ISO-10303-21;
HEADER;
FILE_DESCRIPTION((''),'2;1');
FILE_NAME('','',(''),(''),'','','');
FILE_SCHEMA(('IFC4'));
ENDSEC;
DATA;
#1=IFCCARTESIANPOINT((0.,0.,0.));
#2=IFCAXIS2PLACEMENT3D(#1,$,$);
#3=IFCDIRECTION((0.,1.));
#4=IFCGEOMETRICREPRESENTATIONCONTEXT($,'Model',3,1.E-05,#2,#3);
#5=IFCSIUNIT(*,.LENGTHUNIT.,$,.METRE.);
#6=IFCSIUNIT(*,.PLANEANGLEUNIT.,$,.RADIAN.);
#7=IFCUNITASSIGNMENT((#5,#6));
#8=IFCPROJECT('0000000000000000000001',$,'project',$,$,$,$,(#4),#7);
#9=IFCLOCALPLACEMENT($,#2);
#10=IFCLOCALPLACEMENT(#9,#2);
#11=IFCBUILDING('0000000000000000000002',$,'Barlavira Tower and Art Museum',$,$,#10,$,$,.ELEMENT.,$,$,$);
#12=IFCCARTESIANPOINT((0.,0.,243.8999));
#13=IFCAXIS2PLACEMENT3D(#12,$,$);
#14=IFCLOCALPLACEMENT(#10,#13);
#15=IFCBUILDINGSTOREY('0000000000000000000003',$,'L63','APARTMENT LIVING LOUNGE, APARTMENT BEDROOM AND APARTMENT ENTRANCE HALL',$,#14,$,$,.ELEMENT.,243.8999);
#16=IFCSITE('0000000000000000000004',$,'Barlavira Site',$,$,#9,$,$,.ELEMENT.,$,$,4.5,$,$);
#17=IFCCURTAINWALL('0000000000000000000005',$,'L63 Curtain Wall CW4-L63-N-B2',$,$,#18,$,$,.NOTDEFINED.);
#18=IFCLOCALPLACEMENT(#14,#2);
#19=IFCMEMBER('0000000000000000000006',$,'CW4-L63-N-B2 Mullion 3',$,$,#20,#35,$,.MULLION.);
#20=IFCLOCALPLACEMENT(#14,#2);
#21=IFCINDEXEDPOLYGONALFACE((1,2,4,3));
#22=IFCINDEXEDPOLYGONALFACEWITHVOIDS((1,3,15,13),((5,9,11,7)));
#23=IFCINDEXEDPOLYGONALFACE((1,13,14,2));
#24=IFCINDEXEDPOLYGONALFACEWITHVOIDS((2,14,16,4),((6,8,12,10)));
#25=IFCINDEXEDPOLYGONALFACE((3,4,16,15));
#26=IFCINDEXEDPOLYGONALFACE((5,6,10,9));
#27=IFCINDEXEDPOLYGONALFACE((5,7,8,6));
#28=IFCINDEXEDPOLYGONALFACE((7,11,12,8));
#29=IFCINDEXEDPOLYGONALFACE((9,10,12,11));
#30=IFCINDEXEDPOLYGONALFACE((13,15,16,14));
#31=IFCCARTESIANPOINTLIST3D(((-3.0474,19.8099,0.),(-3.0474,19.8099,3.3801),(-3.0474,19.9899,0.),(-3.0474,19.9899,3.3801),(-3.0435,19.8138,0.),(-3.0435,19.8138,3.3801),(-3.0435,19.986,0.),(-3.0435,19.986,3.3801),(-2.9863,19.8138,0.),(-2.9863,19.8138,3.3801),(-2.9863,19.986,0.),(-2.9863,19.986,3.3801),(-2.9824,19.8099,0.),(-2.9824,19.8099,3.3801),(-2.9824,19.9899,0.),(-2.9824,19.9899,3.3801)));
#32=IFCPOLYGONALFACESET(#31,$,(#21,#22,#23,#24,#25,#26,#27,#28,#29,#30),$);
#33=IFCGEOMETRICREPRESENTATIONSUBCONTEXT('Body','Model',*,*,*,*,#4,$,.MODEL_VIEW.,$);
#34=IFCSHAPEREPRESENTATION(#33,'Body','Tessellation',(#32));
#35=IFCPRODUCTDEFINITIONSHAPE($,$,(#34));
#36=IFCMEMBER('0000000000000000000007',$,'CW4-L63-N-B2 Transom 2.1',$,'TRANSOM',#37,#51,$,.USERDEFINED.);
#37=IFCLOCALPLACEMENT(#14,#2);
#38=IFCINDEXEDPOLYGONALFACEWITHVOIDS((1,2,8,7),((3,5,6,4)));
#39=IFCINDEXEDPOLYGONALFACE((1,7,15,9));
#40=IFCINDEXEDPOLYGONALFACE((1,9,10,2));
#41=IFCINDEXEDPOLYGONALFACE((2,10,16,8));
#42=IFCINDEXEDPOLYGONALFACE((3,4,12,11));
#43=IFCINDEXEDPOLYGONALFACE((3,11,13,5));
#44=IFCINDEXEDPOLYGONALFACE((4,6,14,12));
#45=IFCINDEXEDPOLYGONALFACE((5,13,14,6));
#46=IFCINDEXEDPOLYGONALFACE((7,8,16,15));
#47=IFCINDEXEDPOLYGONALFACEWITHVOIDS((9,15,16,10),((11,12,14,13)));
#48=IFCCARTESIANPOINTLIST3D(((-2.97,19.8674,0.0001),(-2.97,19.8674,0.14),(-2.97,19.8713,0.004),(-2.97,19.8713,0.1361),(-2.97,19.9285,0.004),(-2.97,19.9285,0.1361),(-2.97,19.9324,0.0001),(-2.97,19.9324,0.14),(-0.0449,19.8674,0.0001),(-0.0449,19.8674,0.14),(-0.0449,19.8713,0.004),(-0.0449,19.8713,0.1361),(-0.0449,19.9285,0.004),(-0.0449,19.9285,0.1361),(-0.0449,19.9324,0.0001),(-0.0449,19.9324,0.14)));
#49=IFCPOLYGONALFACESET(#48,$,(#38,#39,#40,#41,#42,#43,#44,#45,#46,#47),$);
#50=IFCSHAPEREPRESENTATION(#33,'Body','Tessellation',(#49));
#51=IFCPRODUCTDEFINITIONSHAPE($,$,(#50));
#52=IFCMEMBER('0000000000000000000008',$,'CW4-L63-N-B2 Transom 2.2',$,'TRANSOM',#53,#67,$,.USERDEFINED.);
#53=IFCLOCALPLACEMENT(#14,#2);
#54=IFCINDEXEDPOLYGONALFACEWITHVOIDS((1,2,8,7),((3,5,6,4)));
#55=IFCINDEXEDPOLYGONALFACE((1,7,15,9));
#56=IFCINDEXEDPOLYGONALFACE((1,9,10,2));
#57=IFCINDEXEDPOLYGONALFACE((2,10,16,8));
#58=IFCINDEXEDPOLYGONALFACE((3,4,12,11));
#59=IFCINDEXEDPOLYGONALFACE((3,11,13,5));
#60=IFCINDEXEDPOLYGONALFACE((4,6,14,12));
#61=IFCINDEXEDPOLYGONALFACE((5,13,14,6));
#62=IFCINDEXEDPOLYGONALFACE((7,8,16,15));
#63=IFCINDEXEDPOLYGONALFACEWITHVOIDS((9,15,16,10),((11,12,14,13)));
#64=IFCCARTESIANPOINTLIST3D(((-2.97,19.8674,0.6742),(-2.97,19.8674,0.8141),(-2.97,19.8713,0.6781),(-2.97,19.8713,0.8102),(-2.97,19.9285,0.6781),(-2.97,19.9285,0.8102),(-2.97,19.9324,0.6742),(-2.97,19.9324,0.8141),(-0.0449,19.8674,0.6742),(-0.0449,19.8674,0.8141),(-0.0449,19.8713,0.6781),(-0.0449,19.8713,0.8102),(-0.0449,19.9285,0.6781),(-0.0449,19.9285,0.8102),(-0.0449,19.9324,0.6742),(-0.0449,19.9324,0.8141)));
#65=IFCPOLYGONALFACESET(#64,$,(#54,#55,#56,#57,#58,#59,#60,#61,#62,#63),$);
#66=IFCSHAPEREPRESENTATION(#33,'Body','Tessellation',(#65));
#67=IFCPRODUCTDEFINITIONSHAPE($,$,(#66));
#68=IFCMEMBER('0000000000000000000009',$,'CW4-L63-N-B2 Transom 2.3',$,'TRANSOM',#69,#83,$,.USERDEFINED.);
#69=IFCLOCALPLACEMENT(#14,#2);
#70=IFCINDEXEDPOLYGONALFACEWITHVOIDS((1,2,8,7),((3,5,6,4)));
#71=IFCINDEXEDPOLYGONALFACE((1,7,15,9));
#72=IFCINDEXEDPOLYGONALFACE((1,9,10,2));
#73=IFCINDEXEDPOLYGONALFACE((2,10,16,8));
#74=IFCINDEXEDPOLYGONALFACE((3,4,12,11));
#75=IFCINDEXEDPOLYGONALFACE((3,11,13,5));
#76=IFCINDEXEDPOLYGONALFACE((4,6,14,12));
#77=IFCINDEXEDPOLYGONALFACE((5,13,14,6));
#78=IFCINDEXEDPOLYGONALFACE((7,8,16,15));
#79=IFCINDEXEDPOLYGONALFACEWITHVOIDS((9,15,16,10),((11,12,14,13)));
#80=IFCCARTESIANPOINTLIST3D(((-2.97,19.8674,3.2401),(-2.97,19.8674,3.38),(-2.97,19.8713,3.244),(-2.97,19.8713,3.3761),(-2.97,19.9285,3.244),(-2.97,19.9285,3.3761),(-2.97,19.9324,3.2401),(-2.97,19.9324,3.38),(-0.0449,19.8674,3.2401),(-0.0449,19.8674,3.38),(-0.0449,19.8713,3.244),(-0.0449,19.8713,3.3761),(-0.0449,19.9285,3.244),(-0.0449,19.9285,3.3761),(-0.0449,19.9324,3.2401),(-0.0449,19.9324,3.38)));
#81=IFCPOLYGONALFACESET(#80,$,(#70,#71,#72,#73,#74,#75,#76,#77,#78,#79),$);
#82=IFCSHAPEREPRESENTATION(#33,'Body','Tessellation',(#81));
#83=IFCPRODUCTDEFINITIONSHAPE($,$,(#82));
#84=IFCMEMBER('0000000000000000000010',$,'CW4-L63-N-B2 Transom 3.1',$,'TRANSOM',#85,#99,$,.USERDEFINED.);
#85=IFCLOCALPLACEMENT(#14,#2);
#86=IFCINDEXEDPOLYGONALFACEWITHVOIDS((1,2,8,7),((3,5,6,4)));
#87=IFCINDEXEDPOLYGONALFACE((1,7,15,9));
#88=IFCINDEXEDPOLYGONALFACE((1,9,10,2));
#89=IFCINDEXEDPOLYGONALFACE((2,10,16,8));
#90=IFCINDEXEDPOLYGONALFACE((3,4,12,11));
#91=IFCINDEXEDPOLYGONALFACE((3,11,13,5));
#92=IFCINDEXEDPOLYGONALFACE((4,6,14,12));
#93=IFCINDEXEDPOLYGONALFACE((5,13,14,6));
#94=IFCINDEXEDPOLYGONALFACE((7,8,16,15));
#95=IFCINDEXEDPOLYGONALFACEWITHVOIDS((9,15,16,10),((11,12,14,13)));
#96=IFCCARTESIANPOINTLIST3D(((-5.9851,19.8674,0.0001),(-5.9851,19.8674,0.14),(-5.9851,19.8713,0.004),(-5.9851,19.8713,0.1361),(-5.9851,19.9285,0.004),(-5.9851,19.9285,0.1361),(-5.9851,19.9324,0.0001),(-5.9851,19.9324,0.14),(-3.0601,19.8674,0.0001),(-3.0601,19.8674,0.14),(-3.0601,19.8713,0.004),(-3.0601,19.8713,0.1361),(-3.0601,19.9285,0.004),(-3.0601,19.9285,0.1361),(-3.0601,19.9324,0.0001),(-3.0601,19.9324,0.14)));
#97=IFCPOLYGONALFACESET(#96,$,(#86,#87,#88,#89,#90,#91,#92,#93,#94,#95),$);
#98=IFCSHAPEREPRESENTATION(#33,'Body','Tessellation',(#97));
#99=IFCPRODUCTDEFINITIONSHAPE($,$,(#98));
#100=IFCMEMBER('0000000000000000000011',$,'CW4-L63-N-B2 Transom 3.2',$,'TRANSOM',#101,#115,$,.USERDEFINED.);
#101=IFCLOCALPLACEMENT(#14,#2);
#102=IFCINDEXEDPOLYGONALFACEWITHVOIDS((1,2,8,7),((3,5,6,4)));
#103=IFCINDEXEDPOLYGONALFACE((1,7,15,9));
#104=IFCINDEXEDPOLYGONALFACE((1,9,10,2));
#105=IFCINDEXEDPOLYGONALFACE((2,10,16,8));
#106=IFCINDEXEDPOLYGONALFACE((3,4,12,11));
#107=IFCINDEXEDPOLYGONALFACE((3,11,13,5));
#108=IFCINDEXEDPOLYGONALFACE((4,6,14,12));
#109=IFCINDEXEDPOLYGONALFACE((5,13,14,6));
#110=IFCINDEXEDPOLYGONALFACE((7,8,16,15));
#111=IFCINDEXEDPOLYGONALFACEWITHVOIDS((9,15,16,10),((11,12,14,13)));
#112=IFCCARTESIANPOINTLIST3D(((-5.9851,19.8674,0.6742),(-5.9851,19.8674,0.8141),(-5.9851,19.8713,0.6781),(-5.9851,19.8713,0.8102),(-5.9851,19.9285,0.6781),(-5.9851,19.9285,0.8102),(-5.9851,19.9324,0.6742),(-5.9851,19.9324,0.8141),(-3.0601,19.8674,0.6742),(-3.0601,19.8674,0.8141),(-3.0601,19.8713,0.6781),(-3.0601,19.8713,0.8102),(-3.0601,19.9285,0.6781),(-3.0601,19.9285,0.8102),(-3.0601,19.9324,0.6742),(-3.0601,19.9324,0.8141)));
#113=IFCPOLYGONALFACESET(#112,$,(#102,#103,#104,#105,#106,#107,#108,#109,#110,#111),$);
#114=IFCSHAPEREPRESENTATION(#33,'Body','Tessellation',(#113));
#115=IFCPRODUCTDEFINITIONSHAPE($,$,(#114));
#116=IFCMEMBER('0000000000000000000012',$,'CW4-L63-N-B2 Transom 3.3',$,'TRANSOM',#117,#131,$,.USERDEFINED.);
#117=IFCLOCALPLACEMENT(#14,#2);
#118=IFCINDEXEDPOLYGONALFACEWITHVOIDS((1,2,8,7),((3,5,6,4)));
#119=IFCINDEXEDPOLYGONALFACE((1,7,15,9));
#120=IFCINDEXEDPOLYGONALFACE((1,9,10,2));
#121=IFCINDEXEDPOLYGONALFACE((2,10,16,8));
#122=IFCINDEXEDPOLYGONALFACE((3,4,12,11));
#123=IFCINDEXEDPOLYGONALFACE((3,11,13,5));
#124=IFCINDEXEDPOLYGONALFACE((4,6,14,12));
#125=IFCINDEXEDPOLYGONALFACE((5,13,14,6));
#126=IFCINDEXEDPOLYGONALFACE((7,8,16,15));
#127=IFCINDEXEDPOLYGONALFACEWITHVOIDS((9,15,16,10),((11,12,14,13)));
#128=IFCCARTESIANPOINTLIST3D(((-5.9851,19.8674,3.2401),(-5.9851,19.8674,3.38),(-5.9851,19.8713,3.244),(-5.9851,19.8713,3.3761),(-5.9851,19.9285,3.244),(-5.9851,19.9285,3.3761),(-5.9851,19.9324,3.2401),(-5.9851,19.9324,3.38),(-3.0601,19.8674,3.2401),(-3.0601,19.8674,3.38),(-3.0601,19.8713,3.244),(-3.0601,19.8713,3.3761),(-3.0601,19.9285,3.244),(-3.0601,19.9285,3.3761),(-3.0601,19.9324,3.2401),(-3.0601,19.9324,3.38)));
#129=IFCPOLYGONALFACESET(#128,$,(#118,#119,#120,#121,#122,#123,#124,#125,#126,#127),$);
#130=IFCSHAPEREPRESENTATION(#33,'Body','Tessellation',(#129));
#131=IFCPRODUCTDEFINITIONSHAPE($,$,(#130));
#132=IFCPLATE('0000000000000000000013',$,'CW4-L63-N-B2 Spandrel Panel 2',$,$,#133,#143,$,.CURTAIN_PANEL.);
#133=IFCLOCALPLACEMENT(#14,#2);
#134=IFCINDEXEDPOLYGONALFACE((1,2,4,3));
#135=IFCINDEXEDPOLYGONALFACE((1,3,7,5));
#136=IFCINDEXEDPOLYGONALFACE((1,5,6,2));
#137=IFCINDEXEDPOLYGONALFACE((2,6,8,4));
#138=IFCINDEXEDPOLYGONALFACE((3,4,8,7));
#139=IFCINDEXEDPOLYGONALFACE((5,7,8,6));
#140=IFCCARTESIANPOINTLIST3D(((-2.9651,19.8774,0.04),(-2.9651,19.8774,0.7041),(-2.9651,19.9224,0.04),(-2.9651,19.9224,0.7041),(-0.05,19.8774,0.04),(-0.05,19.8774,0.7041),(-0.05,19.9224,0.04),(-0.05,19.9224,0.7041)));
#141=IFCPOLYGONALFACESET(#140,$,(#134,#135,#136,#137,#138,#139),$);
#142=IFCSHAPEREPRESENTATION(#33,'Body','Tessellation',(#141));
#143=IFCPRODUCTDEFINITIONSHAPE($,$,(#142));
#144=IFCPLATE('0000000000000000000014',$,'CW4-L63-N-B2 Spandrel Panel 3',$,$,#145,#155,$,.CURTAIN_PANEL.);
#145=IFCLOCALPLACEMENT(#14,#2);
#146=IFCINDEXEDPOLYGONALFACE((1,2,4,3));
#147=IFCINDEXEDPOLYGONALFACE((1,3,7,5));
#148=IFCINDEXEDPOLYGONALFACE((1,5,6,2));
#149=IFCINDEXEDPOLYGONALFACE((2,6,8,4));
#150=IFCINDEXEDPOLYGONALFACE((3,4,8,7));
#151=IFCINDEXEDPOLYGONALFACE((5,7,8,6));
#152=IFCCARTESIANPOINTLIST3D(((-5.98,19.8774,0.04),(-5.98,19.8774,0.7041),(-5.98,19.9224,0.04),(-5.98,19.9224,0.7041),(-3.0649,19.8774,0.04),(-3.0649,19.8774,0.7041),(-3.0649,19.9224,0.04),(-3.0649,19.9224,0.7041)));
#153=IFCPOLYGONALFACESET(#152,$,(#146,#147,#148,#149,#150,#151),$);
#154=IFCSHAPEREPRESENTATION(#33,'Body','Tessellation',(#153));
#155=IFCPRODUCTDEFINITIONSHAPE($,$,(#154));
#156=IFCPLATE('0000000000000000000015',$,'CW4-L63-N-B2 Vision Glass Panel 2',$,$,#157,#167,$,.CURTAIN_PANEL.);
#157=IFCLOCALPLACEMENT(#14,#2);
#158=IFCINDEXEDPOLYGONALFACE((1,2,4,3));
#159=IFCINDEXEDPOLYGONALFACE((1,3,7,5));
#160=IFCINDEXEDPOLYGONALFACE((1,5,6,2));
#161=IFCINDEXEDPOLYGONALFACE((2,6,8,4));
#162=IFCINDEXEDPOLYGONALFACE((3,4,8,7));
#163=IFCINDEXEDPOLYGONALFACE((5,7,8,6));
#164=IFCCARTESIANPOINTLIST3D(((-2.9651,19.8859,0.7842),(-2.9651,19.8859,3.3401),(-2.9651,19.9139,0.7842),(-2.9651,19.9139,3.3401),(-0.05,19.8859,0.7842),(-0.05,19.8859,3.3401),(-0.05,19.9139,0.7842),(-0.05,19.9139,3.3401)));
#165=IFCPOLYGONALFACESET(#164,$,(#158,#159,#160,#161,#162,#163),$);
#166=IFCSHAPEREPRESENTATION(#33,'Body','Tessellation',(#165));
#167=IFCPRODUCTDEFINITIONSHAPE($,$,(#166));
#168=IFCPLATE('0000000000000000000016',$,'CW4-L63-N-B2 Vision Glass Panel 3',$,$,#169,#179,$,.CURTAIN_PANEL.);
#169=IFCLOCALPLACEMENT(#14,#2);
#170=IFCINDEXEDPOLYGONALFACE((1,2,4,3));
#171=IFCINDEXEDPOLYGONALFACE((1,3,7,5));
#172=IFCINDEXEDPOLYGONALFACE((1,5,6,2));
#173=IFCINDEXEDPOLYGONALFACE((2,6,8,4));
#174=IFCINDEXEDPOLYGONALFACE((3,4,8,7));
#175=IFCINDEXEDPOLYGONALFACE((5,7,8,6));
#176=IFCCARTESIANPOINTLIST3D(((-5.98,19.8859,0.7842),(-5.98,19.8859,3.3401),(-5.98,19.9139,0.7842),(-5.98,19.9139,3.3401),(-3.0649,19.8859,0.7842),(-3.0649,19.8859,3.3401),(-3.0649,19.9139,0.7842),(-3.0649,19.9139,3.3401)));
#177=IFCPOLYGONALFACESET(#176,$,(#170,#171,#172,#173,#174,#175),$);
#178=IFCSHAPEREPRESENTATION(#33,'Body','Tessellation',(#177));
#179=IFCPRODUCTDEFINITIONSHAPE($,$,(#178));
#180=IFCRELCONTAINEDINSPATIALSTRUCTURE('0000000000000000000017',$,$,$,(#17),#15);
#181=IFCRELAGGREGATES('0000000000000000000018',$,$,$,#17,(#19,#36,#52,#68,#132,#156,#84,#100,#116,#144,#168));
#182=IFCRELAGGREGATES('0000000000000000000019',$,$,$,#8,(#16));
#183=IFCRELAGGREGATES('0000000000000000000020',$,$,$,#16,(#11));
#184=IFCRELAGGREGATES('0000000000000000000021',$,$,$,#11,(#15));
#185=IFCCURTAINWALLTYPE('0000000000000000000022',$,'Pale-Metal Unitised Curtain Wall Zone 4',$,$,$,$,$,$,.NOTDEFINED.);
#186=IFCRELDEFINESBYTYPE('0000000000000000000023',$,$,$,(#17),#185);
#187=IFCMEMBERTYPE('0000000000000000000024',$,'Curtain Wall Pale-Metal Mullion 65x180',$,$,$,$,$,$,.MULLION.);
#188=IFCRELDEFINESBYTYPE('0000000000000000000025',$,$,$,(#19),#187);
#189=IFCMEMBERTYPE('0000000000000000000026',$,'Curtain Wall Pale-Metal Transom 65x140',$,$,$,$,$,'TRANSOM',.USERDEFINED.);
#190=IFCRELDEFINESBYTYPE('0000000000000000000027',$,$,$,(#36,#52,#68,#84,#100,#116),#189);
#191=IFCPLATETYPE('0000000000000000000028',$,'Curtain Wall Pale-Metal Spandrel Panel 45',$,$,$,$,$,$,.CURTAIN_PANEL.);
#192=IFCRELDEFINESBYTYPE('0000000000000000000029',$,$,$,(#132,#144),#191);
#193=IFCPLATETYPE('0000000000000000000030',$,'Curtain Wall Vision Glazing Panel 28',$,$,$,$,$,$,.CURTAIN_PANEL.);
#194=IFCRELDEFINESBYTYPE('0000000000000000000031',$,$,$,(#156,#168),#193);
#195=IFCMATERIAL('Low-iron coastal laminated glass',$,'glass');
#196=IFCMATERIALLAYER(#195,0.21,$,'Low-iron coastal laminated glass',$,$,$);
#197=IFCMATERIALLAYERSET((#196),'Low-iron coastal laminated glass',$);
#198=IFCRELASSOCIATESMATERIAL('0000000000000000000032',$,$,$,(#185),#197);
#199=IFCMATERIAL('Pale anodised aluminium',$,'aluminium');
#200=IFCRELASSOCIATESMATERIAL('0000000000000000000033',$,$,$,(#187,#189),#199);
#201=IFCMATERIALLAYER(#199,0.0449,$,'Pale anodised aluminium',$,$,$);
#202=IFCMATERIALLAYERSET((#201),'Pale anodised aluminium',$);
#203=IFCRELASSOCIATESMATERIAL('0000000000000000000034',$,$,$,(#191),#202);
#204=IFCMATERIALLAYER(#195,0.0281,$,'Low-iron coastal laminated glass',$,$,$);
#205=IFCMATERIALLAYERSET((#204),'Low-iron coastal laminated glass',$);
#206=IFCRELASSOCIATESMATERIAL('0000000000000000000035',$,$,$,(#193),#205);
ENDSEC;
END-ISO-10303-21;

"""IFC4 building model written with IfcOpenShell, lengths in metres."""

from ifc_helpers import new_model, si_unit, direction, frame, origin, origin_2d, place, context, subcontext, project, spatial, rectangle, hollow_rectangle, extrude, material, layer, layer_set, material_profile, profile_set, type_object, element, aggregate, save


model = new_model("IFC4")

# Units and contexts
model_context = context("Model", 3, precision=1e-05, world=origin(), true_north=direction((0.0, 1.0)))
body_context = subcontext(model_context, "Body", "Model", "MODEL_VIEW")
ifc_project = project(units=[si_unit("LENGTHUNIT", "METRE"), si_unit("PLANEANGLEUNIT", "RADIAN")], contexts=[model_context])

# Site, building, storey
site_placement = place(None, origin())
site = spatial("IfcSite", under=ifc_project, at=site_placement, Name="Barlavira Site", CompositionType="ELEMENT", RefElevation=4.5)
building_placement = place(site_placement, origin())
building = spatial("IfcBuilding", under=site, at=building_placement, Name="Barlavira Tower and Art Museum", CompositionType="ELEMENT")
storey_placement = place(building_placement, frame((0.0, 0.0, 243.8999)))
storey = spatial("IfcBuildingStorey", under=building, at=storey_placement, Name="L63", Description="APARTMENT LIVING LOUNGE, APARTMENT BEDROOM AND APARTMENT ENTRANCE HALL", CompositionType="ELEMENT", Elevation=243.8999)

# Curtain wall, members, plates
ifc_material_1 = material(Name="Low-iron coastal laminated glass", Category="glass")
ifc_layer_1 = layer(ifc_material_1, 0.21, Name="Low-iron coastal laminated glass")
ifc_layer_set_1 = layer_set([ifc_layer_1], Name="Low-iron coastal laminated glass")
curtain_wall_type = type_object("IfcCurtainWallType", Name="Pale-Metal Unitised Curtain Wall Zone 4", PredefinedType="NOTDEFINED", material=ifc_layer_set_1)
curtain_wall_placement = place(storey_placement, origin())
curtain_wall = element("IfcCurtainWall", 1, at=curtain_wall_placement, inside=storey, type_object=curtain_wall_type, Name="L63 Curtain Wall CW4-L63-N-B2", PredefinedType="NOTDEFINED")
ifc_material_2 = material(Name="Pale anodised aluminium", Category="aluminium")
ifc_material_profile_1 = material_profile(ifc_material_2, hollow_rectangle(XDim=0.0649, YDim=0.1799, WallThickness=0.0039, at=origin_2d()), Name="ALU-MULL 65x180x4")
ifc_profile_set_1 = profile_set([ifc_material_profile_1], Name="Pale anodised aluminium")
member_type_1 = type_object("IfcMemberType", Name="Curtain Wall Pale-Metal Mullion 65x180", PredefinedType="MULLION", material=ifc_profile_set_1)
member_1_placement = place(storey_placement, frame((-3.0149, 19.8999, 0.0), z_axis=(0.0, 0.0, 1.0), x_axis=(-1.0, 0.0, 0.0)))
member_1 = element("IfcMember", 2, at=member_1_placement, type_object=member_type_1, Name="CW4-L63-N-B2 Mullion 3", PredefinedType="MULLION", context=body_context, shape_type="SweptSolid", body=[
    extrude(hollow_rectangle(XDim=0.0649, YDim=0.1799, WallThickness=0.0039, at=origin_2d()), origin(), (0.0, 0.0, 1.0), 3.3801),
])
ifc_material_profile_2 = material_profile(ifc_material_2, hollow_rectangle(XDim=0.0649, YDim=0.1399, WallThickness=0.0039, at=origin_2d()), Name="ALU-TRAN 65x140x4")
ifc_profile_set_2 = profile_set([ifc_material_profile_2], Name="Pale anodised aluminium")
member_type_2 = type_object("IfcMemberType", Name="Curtain Wall Pale-Metal Transom 65x140", ElementType="TRANSOM", PredefinedType="USERDEFINED", material=ifc_profile_set_2)
member_2_placement = place(storey_placement, frame((-0.0449, 19.8999, 0.0701), z_axis=(-1.0, 0.0, 0.0), x_axis=(0.0, -1.0, 0.0)))
member_2 = element("IfcMember", 3, at=member_2_placement, type_object=member_type_2, Name="CW4-L63-N-B2 Transom 2.1", ObjectType="TRANSOM", PredefinedType="USERDEFINED", context=body_context, shape_type="SweptSolid", body=[
    extrude(hollow_rectangle(XDim=0.0649, YDim=0.1399, WallThickness=0.0039, at=origin_2d()), origin(), (0.0, 0.0, 1.0), 2.925),
])
member_3_placement = place(storey_placement, frame((-0.0449, 19.8999, 0.7441), z_axis=(-1.0, 0.0, 0.0), x_axis=(0.0, -1.0, 0.0)))
member_3 = element("IfcMember", 4, at=member_3_placement, type_object=member_type_2, Name="CW4-L63-N-B2 Transom 2.2", ObjectType="TRANSOM", PredefinedType="USERDEFINED", context=body_context, shape_type="SweptSolid", body=[
    extrude(hollow_rectangle(XDim=0.0649, YDim=0.1399, WallThickness=0.0039, at=origin_2d()), origin(), (0.0, 0.0, 1.0), 2.925),
])
member_4_placement = place(storey_placement, frame((-0.0449, 19.8999, 3.3101), z_axis=(-1.0, 0.0, 0.0), x_axis=(0.0, -1.0, 0.0)))
member_4 = element("IfcMember", 5, at=member_4_placement, type_object=member_type_2, Name="CW4-L63-N-B2 Transom 2.3", ObjectType="TRANSOM", PredefinedType="USERDEFINED", context=body_context, shape_type="SweptSolid", body=[
    extrude(hollow_rectangle(XDim=0.0649, YDim=0.1399, WallThickness=0.0039, at=origin_2d()), origin(), (0.0, 0.0, 1.0), 2.925),
])
member_5_placement = place(storey_placement, frame((-3.0601, 19.8999, 0.0701), z_axis=(-1.0, 0.0, 0.0), x_axis=(0.0, -1.0, 0.0)))
member_5 = element("IfcMember", 6, at=member_5_placement, type_object=member_type_2, Name="CW4-L63-N-B2 Transom 3.1", ObjectType="TRANSOM", PredefinedType="USERDEFINED", context=body_context, shape_type="SweptSolid", body=[
    extrude(hollow_rectangle(XDim=0.0649, YDim=0.1399, WallThickness=0.0039, at=origin_2d()), origin(), (0.0, 0.0, 1.0), 2.925),
])
member_6_placement = place(storey_placement, frame((-3.0601, 19.8999, 0.7441), z_axis=(-1.0, 0.0, 0.0), x_axis=(0.0, -1.0, 0.0)))
member_6 = element("IfcMember", 7, at=member_6_placement, type_object=member_type_2, Name="CW4-L63-N-B2 Transom 3.2", ObjectType="TRANSOM", PredefinedType="USERDEFINED", context=body_context, shape_type="SweptSolid", body=[
    extrude(hollow_rectangle(XDim=0.0649, YDim=0.1399, WallThickness=0.0039, at=origin_2d()), origin(), (0.0, 0.0, 1.0), 2.925),
])
member_7_placement = place(storey_placement, frame((-3.0601, 19.8999, 3.3101), z_axis=(-1.0, 0.0, 0.0), x_axis=(0.0, -1.0, 0.0)))
member_7 = element("IfcMember", 8, at=member_7_placement, type_object=member_type_2, Name="CW4-L63-N-B2 Transom 3.3", ObjectType="TRANSOM", PredefinedType="USERDEFINED", context=body_context, shape_type="SweptSolid", body=[
    extrude(hollow_rectangle(XDim=0.0649, YDim=0.1399, WallThickness=0.0039, at=origin_2d()), origin(), (0.0, 0.0, 1.0), 2.925),
])
ifc_layer_2 = layer(ifc_material_2, 0.0449, Name="Pale anodised aluminium")
ifc_layer_set_2 = layer_set([ifc_layer_2], Name="Pale anodised aluminium")
plate_type_1 = type_object("IfcPlateType", Name="Curtain Wall Pale-Metal Spandrel Panel 45", PredefinedType="CURTAIN_PANEL", material=ifc_layer_set_2)
plate_1_placement = place(storey_placement, frame((-1.5076, 19.8999, 0.04), z_axis=(0.0, 0.0, 1.0), x_axis=(-1.0, 0.0, 0.0)))
plate_1 = element("IfcPlate", 9, at=plate_1_placement, type_object=plate_type_1, Name="CW4-L63-N-B2 Spandrel Panel 2", PredefinedType="CURTAIN_PANEL", context=body_context, shape_type="SweptSolid", body=[
    extrude(rectangle(XDim=2.915, YDim=0.0449, at=origin_2d()), origin(), (0.0, 0.0, 1.0), 0.6641),
])
plate_2_placement = place(storey_placement, frame((-4.5225, 19.8999, 0.04), z_axis=(0.0, 0.0, 1.0), x_axis=(-1.0, 0.0, 0.0)))
plate_2 = element("IfcPlate", 10, at=plate_2_placement, type_object=plate_type_1, Name="CW4-L63-N-B2 Spandrel Panel 3", PredefinedType="CURTAIN_PANEL", context=body_context, shape_type="SweptSolid", body=[
    extrude(rectangle(XDim=2.915, YDim=0.0449, at=origin_2d()), origin(), (0.0, 0.0, 1.0), 0.6641),
])
ifc_layer_3 = layer(ifc_material_1, 0.0281, Name="Low-iron coastal laminated glass")
ifc_layer_set_3 = layer_set([ifc_layer_3], Name="Low-iron coastal laminated glass")
plate_type_2 = type_object("IfcPlateType", Name="Curtain Wall Vision Glazing Panel 28", PredefinedType="CURTAIN_PANEL", material=ifc_layer_set_3)
plate_3_placement = place(storey_placement, frame((-1.5076, 19.8999, 0.7842), z_axis=(0.0, 0.0, 1.0), x_axis=(-1.0, 0.0, 0.0)))
plate_3 = element("IfcPlate", 11, at=plate_3_placement, type_object=plate_type_2, Name="CW4-L63-N-B2 Vision Glass Panel 2", PredefinedType="CURTAIN_PANEL", context=body_context, shape_type="SweptSolid", body=[
    extrude(rectangle(XDim=2.915, YDim=0.0281, at=origin_2d()), origin(), (0.0, 0.0, 1.0), 2.5559),
])
plate_4_placement = place(storey_placement, frame((-4.5225, 19.8999, 0.7842), z_axis=(0.0, 0.0, 1.0), x_axis=(-1.0, 0.0, 0.0)))
plate_4 = element("IfcPlate", 12, at=plate_4_placement, type_object=plate_type_2, Name="CW4-L63-N-B2 Vision Glass Panel 3", PredefinedType="CURTAIN_PANEL", context=body_context, shape_type="SweptSolid", body=[
    extrude(rectangle(XDim=2.915, YDim=0.0281, at=origin_2d()), origin(), (0.0, 0.0, 1.0), 2.5559),
])
aggregate(curtain_wall, [member_1, member_2, member_3, member_4, plate_1, plate_3, member_5, member_6, member_7, plate_2, plate_4])

save(model, "model.ifc")
